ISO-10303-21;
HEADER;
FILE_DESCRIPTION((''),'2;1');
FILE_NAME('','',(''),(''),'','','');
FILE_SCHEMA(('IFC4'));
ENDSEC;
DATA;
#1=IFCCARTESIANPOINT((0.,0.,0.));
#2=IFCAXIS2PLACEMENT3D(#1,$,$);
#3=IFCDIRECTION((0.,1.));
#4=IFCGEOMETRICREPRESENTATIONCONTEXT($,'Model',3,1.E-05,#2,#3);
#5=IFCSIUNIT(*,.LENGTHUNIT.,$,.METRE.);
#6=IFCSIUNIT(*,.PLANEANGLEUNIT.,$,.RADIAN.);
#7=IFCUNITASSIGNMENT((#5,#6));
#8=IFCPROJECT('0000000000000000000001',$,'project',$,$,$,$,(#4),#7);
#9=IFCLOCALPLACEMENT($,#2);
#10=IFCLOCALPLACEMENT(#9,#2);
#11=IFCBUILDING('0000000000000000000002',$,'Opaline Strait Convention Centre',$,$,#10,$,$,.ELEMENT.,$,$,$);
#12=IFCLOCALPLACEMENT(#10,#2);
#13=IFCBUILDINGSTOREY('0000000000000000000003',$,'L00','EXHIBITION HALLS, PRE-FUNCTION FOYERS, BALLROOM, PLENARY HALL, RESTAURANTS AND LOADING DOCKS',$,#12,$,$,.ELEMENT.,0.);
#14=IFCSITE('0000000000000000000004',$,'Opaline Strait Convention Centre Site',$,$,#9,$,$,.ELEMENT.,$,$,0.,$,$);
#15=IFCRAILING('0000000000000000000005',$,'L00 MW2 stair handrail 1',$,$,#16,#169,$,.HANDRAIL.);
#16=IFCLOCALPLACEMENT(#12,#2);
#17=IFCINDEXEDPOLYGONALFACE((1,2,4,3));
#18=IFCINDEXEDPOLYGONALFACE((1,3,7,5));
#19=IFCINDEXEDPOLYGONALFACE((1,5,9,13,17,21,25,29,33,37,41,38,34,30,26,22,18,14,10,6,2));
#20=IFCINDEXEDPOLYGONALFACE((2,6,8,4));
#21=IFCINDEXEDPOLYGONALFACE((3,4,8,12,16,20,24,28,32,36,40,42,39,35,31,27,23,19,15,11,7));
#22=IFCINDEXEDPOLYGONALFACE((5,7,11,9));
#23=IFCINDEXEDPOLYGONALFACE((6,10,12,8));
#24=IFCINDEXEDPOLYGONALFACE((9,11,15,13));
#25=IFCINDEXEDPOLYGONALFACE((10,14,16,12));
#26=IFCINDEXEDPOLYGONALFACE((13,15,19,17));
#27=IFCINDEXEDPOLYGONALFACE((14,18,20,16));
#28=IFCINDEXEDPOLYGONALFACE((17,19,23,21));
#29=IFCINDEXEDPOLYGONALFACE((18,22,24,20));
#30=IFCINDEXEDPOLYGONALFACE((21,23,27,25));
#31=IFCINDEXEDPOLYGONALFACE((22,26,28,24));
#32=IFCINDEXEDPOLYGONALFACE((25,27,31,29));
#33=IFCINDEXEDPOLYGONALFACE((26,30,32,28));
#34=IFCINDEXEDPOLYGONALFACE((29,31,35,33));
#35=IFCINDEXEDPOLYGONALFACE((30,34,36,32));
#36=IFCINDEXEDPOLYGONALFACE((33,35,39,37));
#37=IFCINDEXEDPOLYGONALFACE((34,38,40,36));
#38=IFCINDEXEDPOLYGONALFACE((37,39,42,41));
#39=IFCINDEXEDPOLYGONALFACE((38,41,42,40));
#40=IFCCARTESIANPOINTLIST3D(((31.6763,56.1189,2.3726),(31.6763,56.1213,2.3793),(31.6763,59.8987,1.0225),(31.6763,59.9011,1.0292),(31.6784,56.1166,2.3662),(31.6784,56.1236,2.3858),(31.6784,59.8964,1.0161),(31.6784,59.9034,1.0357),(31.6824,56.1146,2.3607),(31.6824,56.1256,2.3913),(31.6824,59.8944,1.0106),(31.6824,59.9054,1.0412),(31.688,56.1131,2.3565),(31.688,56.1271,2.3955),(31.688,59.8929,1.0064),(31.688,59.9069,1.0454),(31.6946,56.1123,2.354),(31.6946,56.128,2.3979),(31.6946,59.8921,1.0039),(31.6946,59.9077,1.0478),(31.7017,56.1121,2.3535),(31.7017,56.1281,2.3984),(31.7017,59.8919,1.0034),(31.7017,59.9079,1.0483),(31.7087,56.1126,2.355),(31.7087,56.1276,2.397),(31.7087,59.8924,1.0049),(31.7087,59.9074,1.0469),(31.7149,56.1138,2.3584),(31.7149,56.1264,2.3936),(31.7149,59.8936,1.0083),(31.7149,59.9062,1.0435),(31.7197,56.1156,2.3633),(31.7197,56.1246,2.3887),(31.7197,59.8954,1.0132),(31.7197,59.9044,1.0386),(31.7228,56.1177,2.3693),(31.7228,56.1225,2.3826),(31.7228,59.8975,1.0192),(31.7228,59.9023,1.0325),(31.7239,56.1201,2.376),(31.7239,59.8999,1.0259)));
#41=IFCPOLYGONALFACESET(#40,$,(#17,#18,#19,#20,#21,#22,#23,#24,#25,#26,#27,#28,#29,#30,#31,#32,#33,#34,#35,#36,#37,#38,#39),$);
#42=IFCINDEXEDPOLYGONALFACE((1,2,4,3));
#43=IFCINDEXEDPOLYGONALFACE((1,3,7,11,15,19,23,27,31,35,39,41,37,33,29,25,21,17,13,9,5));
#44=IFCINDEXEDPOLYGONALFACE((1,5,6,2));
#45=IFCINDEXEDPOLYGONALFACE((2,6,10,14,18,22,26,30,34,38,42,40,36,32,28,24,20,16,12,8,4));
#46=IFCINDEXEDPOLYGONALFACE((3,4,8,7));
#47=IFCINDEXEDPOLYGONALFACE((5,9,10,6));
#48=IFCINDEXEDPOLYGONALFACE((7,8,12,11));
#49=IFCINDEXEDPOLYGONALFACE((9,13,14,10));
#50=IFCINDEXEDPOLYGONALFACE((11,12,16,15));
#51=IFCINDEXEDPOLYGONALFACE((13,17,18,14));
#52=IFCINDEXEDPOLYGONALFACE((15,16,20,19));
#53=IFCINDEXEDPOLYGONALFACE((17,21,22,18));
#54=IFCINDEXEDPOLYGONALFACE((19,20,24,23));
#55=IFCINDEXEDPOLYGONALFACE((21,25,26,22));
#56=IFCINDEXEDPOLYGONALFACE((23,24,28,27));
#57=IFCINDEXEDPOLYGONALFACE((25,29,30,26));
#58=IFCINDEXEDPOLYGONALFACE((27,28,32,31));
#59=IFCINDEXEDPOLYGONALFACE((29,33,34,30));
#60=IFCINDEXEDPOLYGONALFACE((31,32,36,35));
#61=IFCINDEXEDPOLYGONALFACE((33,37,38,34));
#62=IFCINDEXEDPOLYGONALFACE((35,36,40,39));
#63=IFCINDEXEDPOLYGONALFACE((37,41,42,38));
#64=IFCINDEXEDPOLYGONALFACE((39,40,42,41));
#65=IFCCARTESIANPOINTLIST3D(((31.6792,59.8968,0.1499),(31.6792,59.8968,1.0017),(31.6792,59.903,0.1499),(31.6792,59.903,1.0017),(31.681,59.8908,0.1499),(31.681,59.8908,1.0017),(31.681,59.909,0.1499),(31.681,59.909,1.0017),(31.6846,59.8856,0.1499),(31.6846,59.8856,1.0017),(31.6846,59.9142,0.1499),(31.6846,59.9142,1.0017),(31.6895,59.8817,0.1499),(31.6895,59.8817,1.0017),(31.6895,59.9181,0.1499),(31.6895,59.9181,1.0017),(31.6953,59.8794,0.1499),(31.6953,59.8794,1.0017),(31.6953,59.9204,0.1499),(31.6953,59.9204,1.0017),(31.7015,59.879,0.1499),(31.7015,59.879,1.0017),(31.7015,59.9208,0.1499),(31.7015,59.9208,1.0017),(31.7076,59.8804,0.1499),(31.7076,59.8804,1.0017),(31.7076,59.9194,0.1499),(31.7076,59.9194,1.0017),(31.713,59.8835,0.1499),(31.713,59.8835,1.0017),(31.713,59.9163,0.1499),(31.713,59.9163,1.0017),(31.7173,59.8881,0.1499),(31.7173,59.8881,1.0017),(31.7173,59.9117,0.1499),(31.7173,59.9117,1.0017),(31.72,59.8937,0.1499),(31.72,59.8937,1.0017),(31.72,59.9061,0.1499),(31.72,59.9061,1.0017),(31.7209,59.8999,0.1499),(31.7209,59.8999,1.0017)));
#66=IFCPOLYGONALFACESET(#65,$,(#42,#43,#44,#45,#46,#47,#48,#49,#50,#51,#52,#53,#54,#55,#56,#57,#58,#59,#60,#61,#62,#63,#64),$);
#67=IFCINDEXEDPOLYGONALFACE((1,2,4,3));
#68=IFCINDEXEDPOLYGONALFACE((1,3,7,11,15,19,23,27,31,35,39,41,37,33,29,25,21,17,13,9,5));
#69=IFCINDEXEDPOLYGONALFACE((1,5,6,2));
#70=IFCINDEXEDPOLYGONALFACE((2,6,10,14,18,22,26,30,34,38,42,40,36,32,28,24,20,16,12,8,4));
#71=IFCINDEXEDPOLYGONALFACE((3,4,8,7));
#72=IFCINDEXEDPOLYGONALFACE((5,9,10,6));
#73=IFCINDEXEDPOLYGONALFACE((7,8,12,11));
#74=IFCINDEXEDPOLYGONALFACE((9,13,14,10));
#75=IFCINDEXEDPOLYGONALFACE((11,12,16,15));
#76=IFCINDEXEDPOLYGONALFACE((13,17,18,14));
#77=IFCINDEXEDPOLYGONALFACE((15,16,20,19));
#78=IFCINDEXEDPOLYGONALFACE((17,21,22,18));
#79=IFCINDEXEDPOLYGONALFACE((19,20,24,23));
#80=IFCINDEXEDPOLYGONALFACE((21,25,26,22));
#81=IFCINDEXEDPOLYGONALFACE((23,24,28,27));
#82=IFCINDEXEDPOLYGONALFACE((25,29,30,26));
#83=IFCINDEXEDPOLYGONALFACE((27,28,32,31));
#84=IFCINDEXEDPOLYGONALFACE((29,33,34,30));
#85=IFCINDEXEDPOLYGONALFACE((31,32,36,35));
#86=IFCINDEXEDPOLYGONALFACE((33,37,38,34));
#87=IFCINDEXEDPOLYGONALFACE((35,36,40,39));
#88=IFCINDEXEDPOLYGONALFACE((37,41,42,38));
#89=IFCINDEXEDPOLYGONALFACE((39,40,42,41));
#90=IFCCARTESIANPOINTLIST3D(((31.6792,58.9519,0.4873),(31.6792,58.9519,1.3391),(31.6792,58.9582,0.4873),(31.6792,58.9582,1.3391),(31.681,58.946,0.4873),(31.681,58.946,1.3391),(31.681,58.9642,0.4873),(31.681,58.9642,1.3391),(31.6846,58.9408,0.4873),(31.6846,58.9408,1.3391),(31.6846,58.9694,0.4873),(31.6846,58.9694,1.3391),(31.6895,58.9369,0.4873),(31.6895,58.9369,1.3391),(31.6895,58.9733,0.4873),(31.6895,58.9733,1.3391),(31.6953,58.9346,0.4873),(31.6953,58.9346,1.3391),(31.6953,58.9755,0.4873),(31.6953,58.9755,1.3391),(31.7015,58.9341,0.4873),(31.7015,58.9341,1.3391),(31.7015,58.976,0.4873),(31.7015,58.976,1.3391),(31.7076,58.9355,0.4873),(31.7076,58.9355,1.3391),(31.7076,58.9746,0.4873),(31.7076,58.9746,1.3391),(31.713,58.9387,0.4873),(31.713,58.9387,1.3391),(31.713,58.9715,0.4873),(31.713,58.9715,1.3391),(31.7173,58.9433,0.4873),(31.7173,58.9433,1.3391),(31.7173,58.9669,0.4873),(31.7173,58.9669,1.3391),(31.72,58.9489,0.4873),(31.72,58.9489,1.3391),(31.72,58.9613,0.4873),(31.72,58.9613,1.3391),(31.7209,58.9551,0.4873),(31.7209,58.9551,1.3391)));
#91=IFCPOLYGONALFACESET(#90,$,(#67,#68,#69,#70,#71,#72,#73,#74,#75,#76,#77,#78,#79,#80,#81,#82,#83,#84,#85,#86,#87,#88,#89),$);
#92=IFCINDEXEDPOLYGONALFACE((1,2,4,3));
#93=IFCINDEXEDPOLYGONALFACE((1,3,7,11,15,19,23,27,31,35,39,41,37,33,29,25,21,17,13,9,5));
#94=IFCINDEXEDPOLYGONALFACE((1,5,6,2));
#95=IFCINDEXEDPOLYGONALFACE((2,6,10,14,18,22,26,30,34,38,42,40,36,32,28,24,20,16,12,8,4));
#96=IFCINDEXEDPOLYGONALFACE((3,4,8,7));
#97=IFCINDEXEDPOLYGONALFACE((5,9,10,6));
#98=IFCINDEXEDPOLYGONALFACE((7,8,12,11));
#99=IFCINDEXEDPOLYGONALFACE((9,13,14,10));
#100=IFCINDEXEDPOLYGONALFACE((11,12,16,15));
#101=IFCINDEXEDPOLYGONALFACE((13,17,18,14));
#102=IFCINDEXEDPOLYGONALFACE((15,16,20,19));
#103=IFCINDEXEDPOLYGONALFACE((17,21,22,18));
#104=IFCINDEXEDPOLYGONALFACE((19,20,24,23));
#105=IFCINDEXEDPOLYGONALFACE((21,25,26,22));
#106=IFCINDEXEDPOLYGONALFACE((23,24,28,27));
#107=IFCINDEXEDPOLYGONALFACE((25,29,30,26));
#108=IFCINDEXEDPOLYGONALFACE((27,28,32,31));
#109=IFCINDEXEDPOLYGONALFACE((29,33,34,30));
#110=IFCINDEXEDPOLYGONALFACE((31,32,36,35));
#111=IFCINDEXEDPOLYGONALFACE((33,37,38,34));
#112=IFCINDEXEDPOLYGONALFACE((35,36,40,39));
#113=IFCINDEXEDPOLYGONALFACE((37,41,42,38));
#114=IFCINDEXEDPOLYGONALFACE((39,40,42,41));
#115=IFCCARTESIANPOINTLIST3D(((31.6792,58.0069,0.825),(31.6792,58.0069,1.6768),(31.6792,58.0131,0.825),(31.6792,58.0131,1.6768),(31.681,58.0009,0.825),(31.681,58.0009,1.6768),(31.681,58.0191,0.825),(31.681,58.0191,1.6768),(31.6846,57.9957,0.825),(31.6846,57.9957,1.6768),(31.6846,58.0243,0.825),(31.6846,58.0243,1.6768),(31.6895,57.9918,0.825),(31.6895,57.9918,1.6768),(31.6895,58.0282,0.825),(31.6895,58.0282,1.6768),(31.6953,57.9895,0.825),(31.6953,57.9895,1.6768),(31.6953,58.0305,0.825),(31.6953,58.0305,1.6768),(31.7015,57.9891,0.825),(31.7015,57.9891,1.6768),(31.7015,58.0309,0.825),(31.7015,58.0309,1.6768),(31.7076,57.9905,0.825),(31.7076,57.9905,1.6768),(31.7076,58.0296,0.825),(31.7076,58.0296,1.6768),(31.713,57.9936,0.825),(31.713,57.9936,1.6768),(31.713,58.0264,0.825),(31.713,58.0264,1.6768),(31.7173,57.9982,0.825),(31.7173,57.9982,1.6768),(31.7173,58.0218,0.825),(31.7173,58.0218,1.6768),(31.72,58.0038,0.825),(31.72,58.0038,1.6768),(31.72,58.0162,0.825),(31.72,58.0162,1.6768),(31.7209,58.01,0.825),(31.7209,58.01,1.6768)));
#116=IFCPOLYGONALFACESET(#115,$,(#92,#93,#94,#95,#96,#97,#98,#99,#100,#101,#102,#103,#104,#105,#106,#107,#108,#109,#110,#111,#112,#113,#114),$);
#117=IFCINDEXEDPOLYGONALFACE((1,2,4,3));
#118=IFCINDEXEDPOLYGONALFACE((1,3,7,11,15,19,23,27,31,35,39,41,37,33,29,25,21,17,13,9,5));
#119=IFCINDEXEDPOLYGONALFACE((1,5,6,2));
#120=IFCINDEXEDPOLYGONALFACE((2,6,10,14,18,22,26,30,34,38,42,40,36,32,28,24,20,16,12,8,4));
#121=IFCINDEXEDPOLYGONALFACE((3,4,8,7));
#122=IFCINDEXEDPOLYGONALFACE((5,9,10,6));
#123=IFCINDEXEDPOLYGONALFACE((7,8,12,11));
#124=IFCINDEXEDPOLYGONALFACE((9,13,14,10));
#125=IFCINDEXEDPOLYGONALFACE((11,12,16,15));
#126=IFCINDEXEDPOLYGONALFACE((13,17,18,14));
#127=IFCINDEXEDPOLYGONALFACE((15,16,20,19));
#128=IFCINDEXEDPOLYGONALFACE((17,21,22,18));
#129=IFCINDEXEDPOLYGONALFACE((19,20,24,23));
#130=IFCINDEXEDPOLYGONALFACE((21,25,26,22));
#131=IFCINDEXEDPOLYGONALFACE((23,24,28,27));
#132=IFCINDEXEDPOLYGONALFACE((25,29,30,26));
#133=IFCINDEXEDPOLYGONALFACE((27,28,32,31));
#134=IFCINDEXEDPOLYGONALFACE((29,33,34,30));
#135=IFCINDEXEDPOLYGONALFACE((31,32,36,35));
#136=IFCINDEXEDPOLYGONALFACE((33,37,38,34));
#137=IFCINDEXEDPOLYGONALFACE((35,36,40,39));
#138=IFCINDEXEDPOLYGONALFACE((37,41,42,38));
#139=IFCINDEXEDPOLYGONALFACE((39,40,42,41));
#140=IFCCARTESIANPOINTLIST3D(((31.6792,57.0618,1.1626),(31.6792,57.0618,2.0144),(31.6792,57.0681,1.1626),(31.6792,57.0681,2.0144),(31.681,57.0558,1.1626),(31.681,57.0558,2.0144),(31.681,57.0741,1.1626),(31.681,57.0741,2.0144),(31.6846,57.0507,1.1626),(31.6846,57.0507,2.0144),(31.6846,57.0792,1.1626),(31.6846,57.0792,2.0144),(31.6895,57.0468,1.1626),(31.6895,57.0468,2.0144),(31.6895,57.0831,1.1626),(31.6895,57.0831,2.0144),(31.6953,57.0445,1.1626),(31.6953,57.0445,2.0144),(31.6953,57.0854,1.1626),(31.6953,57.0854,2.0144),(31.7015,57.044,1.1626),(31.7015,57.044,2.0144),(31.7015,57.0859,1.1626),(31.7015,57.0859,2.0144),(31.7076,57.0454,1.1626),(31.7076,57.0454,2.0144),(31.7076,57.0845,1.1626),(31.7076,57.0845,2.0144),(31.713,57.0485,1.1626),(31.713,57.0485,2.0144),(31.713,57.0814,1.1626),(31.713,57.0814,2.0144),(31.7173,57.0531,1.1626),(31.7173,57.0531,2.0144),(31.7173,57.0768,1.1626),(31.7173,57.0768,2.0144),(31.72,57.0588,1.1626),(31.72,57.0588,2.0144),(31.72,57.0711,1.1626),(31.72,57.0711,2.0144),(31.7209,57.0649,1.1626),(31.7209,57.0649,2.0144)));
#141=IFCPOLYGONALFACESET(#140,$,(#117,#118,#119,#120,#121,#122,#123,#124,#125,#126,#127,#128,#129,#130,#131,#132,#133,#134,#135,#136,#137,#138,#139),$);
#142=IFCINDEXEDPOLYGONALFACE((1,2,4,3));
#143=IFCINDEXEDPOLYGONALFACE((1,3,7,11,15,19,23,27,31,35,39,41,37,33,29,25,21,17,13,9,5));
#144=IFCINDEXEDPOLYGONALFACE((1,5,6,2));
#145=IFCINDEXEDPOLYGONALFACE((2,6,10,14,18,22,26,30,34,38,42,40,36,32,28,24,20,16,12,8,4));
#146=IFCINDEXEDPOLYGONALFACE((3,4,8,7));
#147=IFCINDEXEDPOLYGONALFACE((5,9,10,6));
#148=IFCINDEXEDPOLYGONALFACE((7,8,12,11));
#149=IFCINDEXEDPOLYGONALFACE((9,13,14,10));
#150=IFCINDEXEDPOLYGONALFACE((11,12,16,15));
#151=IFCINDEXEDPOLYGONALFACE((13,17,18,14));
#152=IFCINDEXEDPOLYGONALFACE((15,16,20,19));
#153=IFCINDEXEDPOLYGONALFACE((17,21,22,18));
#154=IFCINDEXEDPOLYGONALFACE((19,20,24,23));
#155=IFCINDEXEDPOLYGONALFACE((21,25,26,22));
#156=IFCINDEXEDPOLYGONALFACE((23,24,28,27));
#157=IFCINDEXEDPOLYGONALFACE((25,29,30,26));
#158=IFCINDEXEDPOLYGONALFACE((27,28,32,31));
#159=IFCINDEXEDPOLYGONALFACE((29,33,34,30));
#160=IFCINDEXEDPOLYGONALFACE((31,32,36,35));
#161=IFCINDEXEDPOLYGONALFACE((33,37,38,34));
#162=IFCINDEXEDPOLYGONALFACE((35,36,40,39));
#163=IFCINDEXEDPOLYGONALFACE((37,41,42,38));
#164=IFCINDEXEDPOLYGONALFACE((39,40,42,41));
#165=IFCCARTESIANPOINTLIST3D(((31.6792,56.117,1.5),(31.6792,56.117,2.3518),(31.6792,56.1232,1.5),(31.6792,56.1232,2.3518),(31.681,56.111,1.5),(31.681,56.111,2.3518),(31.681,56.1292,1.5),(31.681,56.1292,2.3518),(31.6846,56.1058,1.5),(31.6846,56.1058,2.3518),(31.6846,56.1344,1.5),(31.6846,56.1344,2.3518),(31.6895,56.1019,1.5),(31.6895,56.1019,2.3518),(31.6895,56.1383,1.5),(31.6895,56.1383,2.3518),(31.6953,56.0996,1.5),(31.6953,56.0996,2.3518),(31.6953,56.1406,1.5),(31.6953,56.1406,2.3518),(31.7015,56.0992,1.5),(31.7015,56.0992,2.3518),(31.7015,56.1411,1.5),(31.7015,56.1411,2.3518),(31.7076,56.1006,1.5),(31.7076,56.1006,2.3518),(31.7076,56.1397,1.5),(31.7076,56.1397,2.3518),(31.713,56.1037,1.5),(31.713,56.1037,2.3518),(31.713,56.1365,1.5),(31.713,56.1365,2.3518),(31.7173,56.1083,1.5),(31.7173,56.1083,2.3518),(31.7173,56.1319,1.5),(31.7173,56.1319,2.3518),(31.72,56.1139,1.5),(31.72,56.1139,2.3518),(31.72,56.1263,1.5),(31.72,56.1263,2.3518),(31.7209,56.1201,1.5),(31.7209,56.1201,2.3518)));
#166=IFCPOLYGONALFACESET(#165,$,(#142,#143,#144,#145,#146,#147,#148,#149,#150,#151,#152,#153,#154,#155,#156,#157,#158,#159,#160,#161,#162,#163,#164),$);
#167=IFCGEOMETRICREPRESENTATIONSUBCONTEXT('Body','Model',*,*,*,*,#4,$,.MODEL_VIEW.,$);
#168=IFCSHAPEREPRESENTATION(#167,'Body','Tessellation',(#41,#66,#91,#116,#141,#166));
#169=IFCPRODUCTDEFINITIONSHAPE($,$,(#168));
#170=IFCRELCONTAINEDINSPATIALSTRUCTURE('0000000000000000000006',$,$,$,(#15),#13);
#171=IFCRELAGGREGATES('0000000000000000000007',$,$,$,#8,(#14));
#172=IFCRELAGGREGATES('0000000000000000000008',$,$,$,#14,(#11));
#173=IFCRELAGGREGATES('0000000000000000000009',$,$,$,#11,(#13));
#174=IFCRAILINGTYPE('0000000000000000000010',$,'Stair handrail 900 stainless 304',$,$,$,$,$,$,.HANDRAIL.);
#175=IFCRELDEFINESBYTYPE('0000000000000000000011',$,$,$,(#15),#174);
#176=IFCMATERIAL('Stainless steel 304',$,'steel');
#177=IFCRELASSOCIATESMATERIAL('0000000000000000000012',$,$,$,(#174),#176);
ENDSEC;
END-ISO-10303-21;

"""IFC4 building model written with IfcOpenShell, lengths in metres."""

from ifc_helpers import new_model, si_unit, direction, frame, origin, origin_2d, place, context, subcontext, project, spatial, circle, extrude, material, type_object, element, save


model = new_model("IFC4")

# Units and contexts
model_context = context("Model", 3, precision=1e-05, world=origin(), true_north=direction((0.0, 1.0)))
body_context = subcontext(model_context, "Body", "Model", "MODEL_VIEW")
ifc_project = project(units=[si_unit("LENGTHUNIT", "METRE"), si_unit("PLANEANGLEUNIT", "RADIAN")], contexts=[model_context])

# Site, building, storey
site_placement = place(None, origin())
site = spatial("IfcSite", under=ifc_project, at=site_placement, Name="Opaline Strait Convention Centre Site", CompositionType="ELEMENT", RefElevation=0.0)
building_placement = place(site_placement, origin())
building = spatial("IfcBuilding", under=site, at=building_placement, Name="Opaline Strait Convention Centre", CompositionType="ELEMENT")
storey_placement = place(building_placement, origin())
storey = spatial("IfcBuildingStorey", under=building, at=storey_placement, Name="L00", Description="EXHIBITION HALLS, PRE-FUNCTION FOYERS, BALLROOM, PLENARY HALL, RESTAURANTS AND LOADING DOCKS", CompositionType="ELEMENT", Elevation=0.0)

# Railing
ifc_material_1 = material(Name="Stainless steel 304", Category="steel")
railing_type_1 = type_object("IfcRailingType", Name="Stair handrail 900 stainless 304", PredefinedType="HANDRAIL", material=ifc_material_1)
for number, where, name in (
    (1, (31.7, 59.8999, 0.1499), "L00 MW2 stair handrail 1"),
):
    element("IfcRailing", number, at=place(storey_placement, frame(where)), inside=storey, type_object=railing_type_1, Name=name, PredefinedType="HANDRAIL", context=body_context, shape_type="SweptSolid", body=[
        extrude(circle(Radius=0.0239, at=origin_2d()), frame((0.0, 0.0, 0.876), z_axis=(0.0, -0.941728, 0.336375), x_axis=(1.0, 0.0, 0.0)), (0.0, 0.0, 1.0), 4.0137),
        extrude(circle(Radius=0.021, at=origin_2d()), origin(), (0.0, 0.0, 1.0), 0.8518),
        extrude(circle(Radius=0.021, at=origin_2d()), frame((0.0, -0.9448, 0.3374)), (0.0, 0.0, 1.0), 0.8518),
        extrude(circle(Radius=0.021, at=origin_2d()), frame((0.0, -1.8899, 0.675)), (0.0, 0.0, 1.0), 0.8518),
        extrude(circle(Radius=0.021, at=origin_2d()), frame((0.0, -2.835, 1.0127)), (0.0, 0.0, 1.0), 0.8518),
        extrude(circle(Radius=0.021, at=origin_2d()), frame((0.0, -3.7798, 1.3501)), (0.0, 0.0, 1.0), 0.8518),
    ])

save(model, "model.ifc")
